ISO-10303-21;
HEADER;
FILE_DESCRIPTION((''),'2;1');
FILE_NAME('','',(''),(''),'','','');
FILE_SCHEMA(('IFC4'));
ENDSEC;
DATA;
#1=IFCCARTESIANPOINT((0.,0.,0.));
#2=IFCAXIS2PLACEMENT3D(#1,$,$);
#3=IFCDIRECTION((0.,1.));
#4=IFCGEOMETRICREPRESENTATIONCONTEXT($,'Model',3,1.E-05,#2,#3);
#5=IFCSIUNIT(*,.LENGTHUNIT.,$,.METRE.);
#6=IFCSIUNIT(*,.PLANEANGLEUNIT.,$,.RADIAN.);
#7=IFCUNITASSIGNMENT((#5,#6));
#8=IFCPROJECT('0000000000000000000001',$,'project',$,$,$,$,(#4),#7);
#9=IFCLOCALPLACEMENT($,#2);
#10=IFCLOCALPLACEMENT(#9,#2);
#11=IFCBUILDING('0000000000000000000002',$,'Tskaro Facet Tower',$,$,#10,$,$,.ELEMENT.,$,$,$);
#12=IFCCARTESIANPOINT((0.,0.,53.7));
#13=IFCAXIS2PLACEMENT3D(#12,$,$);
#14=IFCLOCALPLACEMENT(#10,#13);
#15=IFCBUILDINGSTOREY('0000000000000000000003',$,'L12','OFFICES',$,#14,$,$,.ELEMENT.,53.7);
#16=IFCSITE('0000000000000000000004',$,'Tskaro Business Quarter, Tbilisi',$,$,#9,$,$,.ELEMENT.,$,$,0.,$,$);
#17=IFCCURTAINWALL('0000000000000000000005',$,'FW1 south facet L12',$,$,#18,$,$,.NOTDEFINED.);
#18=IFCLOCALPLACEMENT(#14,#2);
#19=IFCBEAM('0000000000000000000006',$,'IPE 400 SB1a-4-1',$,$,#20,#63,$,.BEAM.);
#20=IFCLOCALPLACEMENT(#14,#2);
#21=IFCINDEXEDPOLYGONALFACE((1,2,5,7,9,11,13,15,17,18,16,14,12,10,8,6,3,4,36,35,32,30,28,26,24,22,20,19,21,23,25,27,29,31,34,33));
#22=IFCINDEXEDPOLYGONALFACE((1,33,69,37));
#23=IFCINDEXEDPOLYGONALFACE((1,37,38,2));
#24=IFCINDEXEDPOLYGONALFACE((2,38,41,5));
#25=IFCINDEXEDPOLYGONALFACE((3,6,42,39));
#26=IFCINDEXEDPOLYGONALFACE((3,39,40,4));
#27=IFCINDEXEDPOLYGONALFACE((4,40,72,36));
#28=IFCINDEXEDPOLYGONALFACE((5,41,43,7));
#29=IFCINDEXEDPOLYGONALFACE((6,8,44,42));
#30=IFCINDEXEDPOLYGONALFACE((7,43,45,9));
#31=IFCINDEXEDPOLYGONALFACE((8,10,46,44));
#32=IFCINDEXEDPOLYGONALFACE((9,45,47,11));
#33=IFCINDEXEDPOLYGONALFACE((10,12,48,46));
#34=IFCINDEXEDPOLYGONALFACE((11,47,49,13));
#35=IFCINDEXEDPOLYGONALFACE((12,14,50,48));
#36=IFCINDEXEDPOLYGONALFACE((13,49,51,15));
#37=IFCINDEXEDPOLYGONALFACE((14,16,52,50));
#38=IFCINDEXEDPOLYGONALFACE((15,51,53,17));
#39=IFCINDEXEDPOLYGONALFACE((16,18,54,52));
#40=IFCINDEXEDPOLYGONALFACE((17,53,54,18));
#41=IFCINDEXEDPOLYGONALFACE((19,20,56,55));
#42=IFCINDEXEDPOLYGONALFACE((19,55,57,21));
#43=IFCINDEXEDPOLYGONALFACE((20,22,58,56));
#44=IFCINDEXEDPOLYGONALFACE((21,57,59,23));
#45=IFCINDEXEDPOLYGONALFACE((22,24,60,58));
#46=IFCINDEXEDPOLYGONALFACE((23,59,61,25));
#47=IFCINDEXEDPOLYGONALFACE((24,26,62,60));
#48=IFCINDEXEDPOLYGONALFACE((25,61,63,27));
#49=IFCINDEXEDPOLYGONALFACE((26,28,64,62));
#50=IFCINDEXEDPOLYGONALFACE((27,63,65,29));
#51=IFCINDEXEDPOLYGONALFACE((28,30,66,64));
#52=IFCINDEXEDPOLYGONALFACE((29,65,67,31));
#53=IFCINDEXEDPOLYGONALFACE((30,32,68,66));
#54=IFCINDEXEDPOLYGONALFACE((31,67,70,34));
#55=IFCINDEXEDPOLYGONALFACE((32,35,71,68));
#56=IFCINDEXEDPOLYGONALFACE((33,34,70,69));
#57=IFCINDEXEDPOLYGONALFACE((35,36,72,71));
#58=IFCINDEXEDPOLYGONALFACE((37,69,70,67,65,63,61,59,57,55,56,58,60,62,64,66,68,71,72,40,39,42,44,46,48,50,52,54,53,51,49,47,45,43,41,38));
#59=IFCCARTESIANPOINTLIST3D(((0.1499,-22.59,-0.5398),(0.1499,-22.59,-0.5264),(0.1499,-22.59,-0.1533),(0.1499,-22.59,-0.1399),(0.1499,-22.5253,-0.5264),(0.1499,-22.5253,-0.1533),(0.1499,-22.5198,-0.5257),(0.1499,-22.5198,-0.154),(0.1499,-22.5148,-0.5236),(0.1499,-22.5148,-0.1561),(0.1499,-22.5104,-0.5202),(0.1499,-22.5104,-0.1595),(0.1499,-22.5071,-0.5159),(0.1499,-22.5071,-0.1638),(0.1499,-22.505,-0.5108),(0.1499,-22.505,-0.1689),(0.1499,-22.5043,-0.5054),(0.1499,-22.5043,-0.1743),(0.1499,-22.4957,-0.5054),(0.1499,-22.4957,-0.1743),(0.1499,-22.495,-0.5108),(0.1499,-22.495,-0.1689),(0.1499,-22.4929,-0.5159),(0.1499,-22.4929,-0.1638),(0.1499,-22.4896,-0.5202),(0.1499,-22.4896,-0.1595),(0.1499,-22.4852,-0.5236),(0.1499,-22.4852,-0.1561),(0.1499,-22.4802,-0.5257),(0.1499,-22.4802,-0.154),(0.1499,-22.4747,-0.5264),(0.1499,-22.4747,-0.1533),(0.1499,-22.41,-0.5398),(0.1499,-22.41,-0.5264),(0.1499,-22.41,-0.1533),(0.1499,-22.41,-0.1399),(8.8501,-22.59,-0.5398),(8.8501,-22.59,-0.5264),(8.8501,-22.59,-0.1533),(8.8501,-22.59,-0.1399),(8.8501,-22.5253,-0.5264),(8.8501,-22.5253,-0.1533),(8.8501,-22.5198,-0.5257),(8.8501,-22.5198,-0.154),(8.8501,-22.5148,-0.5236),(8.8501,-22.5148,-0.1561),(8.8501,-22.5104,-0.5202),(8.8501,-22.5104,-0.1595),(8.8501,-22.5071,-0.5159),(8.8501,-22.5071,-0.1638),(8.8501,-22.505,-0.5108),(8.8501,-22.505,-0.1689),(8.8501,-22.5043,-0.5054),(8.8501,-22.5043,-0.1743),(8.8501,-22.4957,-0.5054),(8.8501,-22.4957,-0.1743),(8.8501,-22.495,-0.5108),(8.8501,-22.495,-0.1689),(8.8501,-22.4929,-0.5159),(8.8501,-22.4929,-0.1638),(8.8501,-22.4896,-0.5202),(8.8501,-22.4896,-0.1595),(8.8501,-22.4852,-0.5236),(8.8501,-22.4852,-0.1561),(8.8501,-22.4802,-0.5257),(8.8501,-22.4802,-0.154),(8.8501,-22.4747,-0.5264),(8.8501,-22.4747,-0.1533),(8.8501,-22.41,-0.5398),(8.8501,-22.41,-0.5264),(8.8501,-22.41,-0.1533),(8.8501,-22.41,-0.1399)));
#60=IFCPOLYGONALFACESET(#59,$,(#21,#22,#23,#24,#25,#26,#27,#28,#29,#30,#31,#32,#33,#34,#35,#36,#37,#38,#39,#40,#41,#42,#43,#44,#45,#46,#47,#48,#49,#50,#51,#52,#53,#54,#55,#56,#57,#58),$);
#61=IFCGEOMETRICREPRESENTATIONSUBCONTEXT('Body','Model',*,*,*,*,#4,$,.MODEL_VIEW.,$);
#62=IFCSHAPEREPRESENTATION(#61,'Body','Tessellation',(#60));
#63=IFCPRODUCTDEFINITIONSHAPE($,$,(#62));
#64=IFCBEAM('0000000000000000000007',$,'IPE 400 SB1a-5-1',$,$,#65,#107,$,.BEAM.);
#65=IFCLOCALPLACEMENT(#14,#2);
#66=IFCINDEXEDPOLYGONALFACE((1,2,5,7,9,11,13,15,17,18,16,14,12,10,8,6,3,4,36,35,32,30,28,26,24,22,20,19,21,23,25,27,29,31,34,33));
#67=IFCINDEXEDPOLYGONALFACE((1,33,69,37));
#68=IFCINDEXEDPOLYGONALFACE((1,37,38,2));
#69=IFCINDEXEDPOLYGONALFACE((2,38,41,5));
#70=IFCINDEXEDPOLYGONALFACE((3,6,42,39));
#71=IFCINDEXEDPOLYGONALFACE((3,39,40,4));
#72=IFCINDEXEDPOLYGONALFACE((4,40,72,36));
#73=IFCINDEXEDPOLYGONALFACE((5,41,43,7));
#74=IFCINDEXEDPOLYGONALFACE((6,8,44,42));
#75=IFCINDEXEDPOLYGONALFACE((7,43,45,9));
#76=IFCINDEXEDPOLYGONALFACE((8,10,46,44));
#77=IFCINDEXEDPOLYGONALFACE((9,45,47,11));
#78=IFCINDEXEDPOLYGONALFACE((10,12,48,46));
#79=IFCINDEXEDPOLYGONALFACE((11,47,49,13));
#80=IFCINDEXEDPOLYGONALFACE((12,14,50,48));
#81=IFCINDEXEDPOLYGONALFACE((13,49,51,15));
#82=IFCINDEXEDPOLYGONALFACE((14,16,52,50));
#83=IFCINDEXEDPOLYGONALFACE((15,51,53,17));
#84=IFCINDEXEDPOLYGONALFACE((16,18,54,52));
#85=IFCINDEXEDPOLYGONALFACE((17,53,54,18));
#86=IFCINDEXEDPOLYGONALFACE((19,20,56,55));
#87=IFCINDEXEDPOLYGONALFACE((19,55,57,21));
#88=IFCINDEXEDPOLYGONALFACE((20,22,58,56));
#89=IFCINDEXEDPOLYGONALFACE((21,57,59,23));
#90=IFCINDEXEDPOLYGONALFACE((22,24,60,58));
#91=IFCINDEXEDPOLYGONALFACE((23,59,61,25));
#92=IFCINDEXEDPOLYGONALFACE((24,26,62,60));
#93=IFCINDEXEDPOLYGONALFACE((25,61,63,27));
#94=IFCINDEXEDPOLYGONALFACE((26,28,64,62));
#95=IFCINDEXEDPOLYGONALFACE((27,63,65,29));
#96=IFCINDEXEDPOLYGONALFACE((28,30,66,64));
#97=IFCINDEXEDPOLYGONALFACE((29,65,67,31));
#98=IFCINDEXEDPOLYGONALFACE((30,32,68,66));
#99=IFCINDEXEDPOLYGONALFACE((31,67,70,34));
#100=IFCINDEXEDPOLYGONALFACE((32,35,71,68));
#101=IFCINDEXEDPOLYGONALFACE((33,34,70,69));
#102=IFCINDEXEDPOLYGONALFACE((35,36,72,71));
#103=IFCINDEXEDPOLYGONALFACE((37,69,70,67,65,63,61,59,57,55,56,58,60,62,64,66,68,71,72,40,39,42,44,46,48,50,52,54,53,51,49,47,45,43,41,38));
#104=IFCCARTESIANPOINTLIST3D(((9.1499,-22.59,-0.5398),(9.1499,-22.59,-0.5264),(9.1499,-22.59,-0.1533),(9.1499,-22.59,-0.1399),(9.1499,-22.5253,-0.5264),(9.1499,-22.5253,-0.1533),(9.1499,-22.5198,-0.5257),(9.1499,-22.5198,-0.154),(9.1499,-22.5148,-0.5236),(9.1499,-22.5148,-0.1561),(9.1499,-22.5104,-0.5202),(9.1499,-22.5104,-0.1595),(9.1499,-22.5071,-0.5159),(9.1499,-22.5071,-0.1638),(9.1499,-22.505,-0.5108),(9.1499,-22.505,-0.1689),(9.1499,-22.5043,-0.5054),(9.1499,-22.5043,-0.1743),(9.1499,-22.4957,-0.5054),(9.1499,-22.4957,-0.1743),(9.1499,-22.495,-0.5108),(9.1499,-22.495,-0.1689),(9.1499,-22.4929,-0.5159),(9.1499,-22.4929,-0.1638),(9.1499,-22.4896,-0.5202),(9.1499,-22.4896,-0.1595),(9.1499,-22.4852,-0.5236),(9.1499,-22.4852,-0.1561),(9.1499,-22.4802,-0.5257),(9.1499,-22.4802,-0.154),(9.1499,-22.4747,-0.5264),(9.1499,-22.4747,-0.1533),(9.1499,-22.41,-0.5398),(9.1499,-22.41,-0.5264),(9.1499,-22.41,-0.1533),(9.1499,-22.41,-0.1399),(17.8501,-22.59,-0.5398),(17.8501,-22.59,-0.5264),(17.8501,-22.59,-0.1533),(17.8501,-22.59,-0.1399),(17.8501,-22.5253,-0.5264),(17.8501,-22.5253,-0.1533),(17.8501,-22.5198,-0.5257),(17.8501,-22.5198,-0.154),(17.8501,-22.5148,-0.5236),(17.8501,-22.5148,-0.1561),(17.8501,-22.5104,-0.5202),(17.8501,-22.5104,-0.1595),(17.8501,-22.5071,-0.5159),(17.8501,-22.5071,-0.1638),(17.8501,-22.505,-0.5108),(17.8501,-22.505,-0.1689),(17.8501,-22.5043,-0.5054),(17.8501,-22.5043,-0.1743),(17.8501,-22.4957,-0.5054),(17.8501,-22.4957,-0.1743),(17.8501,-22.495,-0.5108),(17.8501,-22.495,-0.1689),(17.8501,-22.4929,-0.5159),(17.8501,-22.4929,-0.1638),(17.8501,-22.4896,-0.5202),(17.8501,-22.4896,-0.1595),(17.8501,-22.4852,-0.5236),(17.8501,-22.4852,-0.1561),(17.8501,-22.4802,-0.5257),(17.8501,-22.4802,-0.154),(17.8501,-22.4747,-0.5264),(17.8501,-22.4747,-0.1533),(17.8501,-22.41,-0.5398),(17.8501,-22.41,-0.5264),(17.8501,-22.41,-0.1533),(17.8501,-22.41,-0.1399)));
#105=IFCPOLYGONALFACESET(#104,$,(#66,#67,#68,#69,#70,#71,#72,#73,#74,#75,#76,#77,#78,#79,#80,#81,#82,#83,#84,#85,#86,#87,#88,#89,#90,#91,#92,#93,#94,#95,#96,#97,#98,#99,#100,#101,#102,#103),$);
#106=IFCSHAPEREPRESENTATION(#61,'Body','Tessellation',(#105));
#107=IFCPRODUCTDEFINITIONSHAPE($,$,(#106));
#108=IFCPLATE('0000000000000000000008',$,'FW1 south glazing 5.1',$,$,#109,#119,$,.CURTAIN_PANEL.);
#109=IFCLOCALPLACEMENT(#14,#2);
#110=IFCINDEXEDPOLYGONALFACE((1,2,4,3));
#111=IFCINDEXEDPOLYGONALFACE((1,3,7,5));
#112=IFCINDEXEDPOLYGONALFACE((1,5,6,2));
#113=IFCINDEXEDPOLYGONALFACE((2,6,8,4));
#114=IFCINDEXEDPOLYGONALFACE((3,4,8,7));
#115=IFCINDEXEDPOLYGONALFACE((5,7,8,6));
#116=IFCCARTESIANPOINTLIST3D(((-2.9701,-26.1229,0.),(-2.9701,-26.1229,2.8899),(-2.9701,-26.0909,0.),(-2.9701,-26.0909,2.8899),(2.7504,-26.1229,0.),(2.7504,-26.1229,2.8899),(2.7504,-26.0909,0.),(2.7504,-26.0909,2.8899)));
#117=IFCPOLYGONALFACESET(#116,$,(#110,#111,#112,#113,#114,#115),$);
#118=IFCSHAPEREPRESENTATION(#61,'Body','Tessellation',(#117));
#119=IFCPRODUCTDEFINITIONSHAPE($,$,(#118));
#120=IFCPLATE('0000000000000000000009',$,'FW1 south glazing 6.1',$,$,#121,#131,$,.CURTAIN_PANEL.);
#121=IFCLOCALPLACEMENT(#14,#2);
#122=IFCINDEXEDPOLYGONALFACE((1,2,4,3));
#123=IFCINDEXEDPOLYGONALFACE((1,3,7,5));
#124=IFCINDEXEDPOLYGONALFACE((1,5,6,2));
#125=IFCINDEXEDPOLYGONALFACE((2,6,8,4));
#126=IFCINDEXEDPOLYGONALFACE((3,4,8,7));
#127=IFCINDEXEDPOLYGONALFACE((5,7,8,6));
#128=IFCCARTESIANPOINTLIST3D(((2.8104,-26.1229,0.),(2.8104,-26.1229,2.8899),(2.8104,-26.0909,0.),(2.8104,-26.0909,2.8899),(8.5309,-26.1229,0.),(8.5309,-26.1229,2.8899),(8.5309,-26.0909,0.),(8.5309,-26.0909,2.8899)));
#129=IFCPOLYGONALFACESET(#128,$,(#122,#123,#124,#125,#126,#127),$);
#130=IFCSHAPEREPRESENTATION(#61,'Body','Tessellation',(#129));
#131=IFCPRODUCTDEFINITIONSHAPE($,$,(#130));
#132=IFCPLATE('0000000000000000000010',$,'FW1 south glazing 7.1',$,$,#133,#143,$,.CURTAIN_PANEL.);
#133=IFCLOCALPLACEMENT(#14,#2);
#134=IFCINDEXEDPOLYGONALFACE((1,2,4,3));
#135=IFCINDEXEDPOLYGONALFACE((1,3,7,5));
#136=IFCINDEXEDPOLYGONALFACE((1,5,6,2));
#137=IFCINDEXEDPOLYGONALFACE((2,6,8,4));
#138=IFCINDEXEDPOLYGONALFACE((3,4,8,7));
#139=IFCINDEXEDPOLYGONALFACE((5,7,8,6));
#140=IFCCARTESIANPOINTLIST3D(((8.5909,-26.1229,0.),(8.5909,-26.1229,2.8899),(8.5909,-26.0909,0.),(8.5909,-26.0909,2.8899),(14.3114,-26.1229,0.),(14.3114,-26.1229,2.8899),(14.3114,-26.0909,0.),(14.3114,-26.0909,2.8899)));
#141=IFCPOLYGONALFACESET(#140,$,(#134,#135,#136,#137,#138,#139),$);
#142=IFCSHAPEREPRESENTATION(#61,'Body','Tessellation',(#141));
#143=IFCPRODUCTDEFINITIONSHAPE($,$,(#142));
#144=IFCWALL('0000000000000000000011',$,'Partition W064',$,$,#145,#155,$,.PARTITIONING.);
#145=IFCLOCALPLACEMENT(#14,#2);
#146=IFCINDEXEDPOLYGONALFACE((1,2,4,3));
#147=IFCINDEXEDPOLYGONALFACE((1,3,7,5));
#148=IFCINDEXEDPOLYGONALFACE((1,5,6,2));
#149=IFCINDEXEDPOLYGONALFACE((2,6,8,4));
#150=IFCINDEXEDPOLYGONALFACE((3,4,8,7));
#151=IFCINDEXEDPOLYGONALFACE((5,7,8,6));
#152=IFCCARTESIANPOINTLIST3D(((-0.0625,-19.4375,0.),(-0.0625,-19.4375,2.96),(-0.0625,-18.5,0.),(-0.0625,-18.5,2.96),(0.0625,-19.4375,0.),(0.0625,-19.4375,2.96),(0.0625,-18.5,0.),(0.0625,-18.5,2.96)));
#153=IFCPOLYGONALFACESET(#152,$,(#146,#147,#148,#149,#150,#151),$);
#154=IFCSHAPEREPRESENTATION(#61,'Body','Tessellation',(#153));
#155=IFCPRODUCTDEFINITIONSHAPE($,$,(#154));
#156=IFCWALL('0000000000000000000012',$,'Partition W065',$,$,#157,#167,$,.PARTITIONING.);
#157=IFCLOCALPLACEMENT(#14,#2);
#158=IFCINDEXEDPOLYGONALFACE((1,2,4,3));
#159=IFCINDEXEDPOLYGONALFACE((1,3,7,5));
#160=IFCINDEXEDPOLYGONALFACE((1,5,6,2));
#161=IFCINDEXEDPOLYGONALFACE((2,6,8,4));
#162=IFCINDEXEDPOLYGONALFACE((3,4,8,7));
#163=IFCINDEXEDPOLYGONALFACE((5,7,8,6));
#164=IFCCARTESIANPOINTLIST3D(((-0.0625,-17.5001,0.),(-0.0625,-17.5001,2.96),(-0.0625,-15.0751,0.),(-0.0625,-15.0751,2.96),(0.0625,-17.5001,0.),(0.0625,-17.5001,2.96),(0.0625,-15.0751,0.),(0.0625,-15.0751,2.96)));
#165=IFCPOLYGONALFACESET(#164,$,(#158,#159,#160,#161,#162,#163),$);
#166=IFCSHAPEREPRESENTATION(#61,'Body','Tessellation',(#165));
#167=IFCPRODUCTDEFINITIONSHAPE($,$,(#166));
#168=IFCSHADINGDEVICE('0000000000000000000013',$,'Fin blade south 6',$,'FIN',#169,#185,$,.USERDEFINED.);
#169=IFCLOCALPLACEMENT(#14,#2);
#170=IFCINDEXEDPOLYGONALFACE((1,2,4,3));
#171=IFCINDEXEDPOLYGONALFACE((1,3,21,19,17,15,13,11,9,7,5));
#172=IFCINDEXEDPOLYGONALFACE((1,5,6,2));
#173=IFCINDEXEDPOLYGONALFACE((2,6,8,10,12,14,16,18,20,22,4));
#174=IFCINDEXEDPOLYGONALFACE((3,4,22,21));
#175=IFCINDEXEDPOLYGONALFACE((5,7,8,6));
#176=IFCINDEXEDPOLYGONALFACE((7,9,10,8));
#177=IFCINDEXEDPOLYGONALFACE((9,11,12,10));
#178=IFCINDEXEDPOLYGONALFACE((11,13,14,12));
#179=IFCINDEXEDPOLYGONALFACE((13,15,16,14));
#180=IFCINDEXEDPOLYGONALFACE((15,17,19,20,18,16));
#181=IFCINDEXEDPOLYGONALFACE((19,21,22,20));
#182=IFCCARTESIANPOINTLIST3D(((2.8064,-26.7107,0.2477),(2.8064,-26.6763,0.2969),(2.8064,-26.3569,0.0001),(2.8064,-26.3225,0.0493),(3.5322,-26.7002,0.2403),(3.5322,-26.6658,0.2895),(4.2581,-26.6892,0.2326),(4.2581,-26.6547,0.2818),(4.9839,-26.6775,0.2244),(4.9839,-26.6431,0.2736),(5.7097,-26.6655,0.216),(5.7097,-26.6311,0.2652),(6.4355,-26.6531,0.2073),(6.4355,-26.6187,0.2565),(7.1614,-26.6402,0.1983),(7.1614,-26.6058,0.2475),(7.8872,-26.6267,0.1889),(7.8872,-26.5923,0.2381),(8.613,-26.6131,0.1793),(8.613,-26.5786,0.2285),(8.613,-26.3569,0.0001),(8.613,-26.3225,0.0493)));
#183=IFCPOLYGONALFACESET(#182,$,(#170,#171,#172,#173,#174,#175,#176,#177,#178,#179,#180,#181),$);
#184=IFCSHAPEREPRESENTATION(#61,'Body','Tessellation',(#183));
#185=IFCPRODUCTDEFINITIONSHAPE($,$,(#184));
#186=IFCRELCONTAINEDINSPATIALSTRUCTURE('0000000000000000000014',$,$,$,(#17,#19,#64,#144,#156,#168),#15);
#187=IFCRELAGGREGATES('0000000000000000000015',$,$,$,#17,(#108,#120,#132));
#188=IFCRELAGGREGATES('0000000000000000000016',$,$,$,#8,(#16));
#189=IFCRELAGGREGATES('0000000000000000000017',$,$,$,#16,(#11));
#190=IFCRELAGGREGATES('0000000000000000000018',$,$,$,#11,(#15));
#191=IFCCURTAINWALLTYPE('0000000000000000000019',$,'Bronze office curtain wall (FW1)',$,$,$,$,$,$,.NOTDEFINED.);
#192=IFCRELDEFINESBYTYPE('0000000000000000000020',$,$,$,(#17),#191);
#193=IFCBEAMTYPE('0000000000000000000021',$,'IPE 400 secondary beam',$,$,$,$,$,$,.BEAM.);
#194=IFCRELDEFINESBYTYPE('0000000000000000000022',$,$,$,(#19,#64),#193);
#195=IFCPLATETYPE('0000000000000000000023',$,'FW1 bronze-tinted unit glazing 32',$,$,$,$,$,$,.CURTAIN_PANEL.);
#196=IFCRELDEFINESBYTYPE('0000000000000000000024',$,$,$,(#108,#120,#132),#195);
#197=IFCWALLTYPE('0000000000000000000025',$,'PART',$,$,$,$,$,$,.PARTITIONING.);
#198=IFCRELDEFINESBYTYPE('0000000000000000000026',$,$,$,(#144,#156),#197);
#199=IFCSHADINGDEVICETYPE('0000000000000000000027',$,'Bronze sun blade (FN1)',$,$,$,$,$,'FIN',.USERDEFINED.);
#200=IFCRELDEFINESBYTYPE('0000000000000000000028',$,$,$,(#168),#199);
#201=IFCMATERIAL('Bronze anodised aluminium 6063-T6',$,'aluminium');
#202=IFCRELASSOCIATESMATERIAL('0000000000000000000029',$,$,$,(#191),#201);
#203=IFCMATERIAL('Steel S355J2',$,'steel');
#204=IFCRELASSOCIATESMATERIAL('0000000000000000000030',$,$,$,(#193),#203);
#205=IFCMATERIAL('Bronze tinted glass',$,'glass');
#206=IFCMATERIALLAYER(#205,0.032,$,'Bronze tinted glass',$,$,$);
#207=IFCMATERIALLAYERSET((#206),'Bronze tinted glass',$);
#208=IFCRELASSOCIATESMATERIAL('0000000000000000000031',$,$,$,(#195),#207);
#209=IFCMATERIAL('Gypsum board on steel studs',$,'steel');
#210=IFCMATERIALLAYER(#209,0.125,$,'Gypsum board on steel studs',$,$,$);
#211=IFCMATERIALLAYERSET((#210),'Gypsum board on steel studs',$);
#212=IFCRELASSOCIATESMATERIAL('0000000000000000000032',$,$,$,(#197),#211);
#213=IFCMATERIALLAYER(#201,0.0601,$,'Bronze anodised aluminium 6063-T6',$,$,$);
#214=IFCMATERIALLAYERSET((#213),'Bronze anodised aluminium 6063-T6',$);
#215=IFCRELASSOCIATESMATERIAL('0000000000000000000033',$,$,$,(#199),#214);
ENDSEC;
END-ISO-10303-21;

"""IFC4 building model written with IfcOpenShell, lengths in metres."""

from ifc_helpers import new_model, si_unit, direction, frame, frame_2d, origin, origin_2d, place, context, subcontext, project, spatial, polyline, rectangle, i_section, outline, extrude, material, layer, layer_set, material_profile, profile_set, type_object, element, aggregate, save


model = new_model("IFC4")

# Units and contexts
model_context = context("Model", 3, precision=1e-05, world=origin(), true_north=direction((0.0, 1.0)))
body_context = subcontext(model_context, "Body", "Model", "MODEL_VIEW")
ifc_project = project(units=[si_unit("LENGTHUNIT", "METRE"), si_unit("PLANEANGLEUNIT", "RADIAN")], contexts=[model_context])

# Site, building, storey
site_placement = place(None, origin())
site = spatial("IfcSite", under=ifc_project, at=site_placement, Name="Tskaro Business Quarter, Tbilisi", CompositionType="ELEMENT", RefElevation=0.0)
building_placement = place(site_placement, origin())
building = spatial("IfcBuilding", under=site, at=building_placement, Name="Tskaro Facet Tower", CompositionType="ELEMENT")
storey_placement = place(building_placement, frame((0.0, 0.0, 53.7)))
storey = spatial("IfcBuildingStorey", under=building, at=storey_placement, Name="L12", Description="OFFICES", CompositionType="ELEMENT", Elevation=53.7)

# Curtain wall
ifc_material_1 = material(Name="Bronze anodised aluminium 6063-T6", Category="aluminium")
curtain_wall_type = type_object("IfcCurtainWallType", Name="Bronze office curtain wall (FW1)", PredefinedType="NOTDEFINED", material=ifc_material_1)
curtain_wall_placement = place(storey_placement, origin())
curtain_wall = element("IfcCurtainWall", 1, at=curtain_wall_placement, inside=storey, type_object=curtain_wall_type, Name="FW1 south facet L12", PredefinedType="NOTDEFINED")

# Beams
ifc_material_2 = material(Name="Steel S355J2", Category="steel")
ifc_material_profile_1 = material_profile(ifc_material_2, i_section(OverallWidth=0.1799, OverallDepth=0.3999, WebThickness=0.0085, FlangeThickness=0.0134, FilletRadius=0.021, at=origin_2d()), Name="IPE 400")
ifc_profile_set_1 = profile_set([ifc_material_profile_1], Name="Steel S355J2")
beam_type_1 = type_object("IfcBeamType", Name="IPE 400 secondary beam", PredefinedType="BEAM", material=ifc_profile_set_1)
for number, where, z_axis, x_axis, name in (
    (2, (0.1499, -22.5, -0.3398), (1.0, 0.0, 0.0), (0.0, 1.0, 0.0), "IPE 400 SB1a-4-1"),
    (3, (9.1499, -22.5, -0.3398), (1.0, 0.0, 0.0), (0.0, 1.0, 0.0), "IPE 400 SB1a-5-1"),
):
    element("IfcBeam", number, at=place(storey_placement, frame(where, z_axis=z_axis, x_axis=x_axis)), inside=storey, type_object=beam_type_1, Name=name, PredefinedType="BEAM", context=body_context, shape_type="SweptSolid", body=[
        extrude(i_section(OverallWidth=0.1799, OverallDepth=0.3999, WebThickness=0.0085, FlangeThickness=0.0134, FilletRadius=0.021, at=origin_2d()), origin(), (0.0, 0.0, 1.0), 8.7002),
    ])

# Plates
ifc_material_3 = material(Name="Bronze tinted glass", Category="glass")
ifc_layer_1 = layer(ifc_material_3, 0.032, Name="Bronze tinted glass")
ifc_layer_set_1 = layer_set([ifc_layer_1], Name="Bronze tinted glass")
plate_type = type_object("IfcPlateType", Name="FW1 bronze-tinted unit glazing 32", PredefinedType="CURTAIN_PANEL", material=ifc_layer_set_1)
plate_1_placement = place(storey_placement, frame((-0.1099, -26.1069, 0.0), z_axis=(0.0, 0.0, 1.0), x_axis=(1.0, 0.0, 0.0)))
plate_1 = element("IfcPlate", 4, at=plate_1_placement, type_object=plate_type, Name="FW1 south glazing 5.1", PredefinedType="CURTAIN_PANEL", context=body_context, shape_type="SweptSolid", body=[
    extrude(rectangle(XDim=5.7205, YDim=0.032, at=origin_2d()), origin(), (0.0, 0.0, 1.0), 2.8899),
])
plate_2_placement = place(storey_placement, frame((5.6707, -26.1069, 0.0), z_axis=(0.0, 0.0, 1.0), x_axis=(1.0, 0.0, 0.0)))
plate_2 = element("IfcPlate", 5, at=plate_2_placement, type_object=plate_type, Name="FW1 south glazing 6.1", PredefinedType="CURTAIN_PANEL", context=body_context, shape_type="SweptSolid", body=[
    extrude(rectangle(XDim=5.7205, YDim=0.032, at=origin_2d()), origin(), (0.0, 0.0, 1.0), 2.8899),
])
plate_3_placement = place(storey_placement, frame((11.4512, -26.1069, 0.0), z_axis=(0.0, 0.0, 1.0), x_axis=(1.0, 0.0, 0.0)))
plate_3 = element("IfcPlate", 6, at=plate_3_placement, type_object=plate_type, Name="FW1 south glazing 7.1", PredefinedType="CURTAIN_PANEL", context=body_context, shape_type="SweptSolid", body=[
    extrude(rectangle(XDim=5.7205, YDim=0.032, at=origin_2d()), origin(), (0.0, 0.0, 1.0), 2.8899),
])
aggregate(curtain_wall, [plate_1, plate_2, plate_3])

# Walls
ifc_material_4 = material(Name="Gypsum board on steel studs", Category="steel")
ifc_layer_2 = layer(ifc_material_4, 0.125, Name="Gypsum board on steel studs")
ifc_layer_set_2 = layer_set([ifc_layer_2], Name="Gypsum board on steel studs")
wall_type = type_object("IfcWallType", Name="PART", PredefinedType="PARTITIONING", material=ifc_layer_set_2)
wall_1_placement = place(storey_placement, frame((0.0, -19.4375, 0.0), z_axis=(0.0, 0.0, 1.0), x_axis=(0.0, 1.0, 0.0)))
element("IfcWall", 7, at=wall_1_placement, inside=storey, type_object=wall_type, Name="Partition W064", PredefinedType="PARTITIONING", context=body_context, shape_type="SweptSolid", body=[
    extrude(rectangle(XDim=0.9375, YDim=0.125, at=frame_2d((0.4688, 0.0))), origin(), (0.0, 0.0, 1.0), 2.96),
])
wall_2_placement = place(storey_placement, frame((0.0, -17.5, 0.0), z_axis=(0.0, 0.0, 1.0), x_axis=(0.0, 1.0, 0.0)))
element("IfcWall", 8, at=wall_2_placement, inside=storey, type_object=wall_type, Name="Partition W065", PredefinedType="PARTITIONING", context=body_context, shape_type="SweptSolid", body=[
    extrude(rectangle(XDim=2.425, YDim=0.125, at=frame_2d((1.2124, 0.0))), origin(), (0.0, 0.0, 1.0), 2.96),
])

# Shading device
ifc_layer_3 = layer(ifc_material_1, 0.0601, Name="Bronze anodised aluminium 6063-T6")
ifc_layer_set_3 = layer_set([ifc_layer_3], Name="Bronze anodised aluminium 6063-T6")
shading_device_type = type_object("IfcShadingDeviceType", Name="Bronze sun blade (FN1)", ElementType="FIN", PredefinedType="USERDEFINED", material=ifc_layer_set_3)
shading_device_1_placement = place(storey_placement, frame((2.8064, -26.3225, 0.0493), z_axis=(0.000002, 0.573315, 0.819335), x_axis=(1.0, -0.000001, -0.000002)))
element("IfcShadingDevice", 9, at=shading_device_1_placement, inside=storey, type_object=shading_device_type, Name="Fin blade south 6", ObjectType="FIN", PredefinedType="USERDEFINED", context=body_context, shape_type="SweptSolid", body=[
    extrude(outline(polyline([(0.0, 0.0), (5.8066, 0.0), (5.8066, -0.3126), (5.0808, -0.3292), (4.355, -0.3457), (3.6292, -0.3615), (2.9033, -0.3766), (2.1775, -0.3913), (1.4517, -0.4055), (0.7258, -0.419), (0.0, -0.4318), (0.0, 0.0)])), origin(), (0.0, 0.0, -1.0), 0.0601),
])

save(model, "model.ifc")
